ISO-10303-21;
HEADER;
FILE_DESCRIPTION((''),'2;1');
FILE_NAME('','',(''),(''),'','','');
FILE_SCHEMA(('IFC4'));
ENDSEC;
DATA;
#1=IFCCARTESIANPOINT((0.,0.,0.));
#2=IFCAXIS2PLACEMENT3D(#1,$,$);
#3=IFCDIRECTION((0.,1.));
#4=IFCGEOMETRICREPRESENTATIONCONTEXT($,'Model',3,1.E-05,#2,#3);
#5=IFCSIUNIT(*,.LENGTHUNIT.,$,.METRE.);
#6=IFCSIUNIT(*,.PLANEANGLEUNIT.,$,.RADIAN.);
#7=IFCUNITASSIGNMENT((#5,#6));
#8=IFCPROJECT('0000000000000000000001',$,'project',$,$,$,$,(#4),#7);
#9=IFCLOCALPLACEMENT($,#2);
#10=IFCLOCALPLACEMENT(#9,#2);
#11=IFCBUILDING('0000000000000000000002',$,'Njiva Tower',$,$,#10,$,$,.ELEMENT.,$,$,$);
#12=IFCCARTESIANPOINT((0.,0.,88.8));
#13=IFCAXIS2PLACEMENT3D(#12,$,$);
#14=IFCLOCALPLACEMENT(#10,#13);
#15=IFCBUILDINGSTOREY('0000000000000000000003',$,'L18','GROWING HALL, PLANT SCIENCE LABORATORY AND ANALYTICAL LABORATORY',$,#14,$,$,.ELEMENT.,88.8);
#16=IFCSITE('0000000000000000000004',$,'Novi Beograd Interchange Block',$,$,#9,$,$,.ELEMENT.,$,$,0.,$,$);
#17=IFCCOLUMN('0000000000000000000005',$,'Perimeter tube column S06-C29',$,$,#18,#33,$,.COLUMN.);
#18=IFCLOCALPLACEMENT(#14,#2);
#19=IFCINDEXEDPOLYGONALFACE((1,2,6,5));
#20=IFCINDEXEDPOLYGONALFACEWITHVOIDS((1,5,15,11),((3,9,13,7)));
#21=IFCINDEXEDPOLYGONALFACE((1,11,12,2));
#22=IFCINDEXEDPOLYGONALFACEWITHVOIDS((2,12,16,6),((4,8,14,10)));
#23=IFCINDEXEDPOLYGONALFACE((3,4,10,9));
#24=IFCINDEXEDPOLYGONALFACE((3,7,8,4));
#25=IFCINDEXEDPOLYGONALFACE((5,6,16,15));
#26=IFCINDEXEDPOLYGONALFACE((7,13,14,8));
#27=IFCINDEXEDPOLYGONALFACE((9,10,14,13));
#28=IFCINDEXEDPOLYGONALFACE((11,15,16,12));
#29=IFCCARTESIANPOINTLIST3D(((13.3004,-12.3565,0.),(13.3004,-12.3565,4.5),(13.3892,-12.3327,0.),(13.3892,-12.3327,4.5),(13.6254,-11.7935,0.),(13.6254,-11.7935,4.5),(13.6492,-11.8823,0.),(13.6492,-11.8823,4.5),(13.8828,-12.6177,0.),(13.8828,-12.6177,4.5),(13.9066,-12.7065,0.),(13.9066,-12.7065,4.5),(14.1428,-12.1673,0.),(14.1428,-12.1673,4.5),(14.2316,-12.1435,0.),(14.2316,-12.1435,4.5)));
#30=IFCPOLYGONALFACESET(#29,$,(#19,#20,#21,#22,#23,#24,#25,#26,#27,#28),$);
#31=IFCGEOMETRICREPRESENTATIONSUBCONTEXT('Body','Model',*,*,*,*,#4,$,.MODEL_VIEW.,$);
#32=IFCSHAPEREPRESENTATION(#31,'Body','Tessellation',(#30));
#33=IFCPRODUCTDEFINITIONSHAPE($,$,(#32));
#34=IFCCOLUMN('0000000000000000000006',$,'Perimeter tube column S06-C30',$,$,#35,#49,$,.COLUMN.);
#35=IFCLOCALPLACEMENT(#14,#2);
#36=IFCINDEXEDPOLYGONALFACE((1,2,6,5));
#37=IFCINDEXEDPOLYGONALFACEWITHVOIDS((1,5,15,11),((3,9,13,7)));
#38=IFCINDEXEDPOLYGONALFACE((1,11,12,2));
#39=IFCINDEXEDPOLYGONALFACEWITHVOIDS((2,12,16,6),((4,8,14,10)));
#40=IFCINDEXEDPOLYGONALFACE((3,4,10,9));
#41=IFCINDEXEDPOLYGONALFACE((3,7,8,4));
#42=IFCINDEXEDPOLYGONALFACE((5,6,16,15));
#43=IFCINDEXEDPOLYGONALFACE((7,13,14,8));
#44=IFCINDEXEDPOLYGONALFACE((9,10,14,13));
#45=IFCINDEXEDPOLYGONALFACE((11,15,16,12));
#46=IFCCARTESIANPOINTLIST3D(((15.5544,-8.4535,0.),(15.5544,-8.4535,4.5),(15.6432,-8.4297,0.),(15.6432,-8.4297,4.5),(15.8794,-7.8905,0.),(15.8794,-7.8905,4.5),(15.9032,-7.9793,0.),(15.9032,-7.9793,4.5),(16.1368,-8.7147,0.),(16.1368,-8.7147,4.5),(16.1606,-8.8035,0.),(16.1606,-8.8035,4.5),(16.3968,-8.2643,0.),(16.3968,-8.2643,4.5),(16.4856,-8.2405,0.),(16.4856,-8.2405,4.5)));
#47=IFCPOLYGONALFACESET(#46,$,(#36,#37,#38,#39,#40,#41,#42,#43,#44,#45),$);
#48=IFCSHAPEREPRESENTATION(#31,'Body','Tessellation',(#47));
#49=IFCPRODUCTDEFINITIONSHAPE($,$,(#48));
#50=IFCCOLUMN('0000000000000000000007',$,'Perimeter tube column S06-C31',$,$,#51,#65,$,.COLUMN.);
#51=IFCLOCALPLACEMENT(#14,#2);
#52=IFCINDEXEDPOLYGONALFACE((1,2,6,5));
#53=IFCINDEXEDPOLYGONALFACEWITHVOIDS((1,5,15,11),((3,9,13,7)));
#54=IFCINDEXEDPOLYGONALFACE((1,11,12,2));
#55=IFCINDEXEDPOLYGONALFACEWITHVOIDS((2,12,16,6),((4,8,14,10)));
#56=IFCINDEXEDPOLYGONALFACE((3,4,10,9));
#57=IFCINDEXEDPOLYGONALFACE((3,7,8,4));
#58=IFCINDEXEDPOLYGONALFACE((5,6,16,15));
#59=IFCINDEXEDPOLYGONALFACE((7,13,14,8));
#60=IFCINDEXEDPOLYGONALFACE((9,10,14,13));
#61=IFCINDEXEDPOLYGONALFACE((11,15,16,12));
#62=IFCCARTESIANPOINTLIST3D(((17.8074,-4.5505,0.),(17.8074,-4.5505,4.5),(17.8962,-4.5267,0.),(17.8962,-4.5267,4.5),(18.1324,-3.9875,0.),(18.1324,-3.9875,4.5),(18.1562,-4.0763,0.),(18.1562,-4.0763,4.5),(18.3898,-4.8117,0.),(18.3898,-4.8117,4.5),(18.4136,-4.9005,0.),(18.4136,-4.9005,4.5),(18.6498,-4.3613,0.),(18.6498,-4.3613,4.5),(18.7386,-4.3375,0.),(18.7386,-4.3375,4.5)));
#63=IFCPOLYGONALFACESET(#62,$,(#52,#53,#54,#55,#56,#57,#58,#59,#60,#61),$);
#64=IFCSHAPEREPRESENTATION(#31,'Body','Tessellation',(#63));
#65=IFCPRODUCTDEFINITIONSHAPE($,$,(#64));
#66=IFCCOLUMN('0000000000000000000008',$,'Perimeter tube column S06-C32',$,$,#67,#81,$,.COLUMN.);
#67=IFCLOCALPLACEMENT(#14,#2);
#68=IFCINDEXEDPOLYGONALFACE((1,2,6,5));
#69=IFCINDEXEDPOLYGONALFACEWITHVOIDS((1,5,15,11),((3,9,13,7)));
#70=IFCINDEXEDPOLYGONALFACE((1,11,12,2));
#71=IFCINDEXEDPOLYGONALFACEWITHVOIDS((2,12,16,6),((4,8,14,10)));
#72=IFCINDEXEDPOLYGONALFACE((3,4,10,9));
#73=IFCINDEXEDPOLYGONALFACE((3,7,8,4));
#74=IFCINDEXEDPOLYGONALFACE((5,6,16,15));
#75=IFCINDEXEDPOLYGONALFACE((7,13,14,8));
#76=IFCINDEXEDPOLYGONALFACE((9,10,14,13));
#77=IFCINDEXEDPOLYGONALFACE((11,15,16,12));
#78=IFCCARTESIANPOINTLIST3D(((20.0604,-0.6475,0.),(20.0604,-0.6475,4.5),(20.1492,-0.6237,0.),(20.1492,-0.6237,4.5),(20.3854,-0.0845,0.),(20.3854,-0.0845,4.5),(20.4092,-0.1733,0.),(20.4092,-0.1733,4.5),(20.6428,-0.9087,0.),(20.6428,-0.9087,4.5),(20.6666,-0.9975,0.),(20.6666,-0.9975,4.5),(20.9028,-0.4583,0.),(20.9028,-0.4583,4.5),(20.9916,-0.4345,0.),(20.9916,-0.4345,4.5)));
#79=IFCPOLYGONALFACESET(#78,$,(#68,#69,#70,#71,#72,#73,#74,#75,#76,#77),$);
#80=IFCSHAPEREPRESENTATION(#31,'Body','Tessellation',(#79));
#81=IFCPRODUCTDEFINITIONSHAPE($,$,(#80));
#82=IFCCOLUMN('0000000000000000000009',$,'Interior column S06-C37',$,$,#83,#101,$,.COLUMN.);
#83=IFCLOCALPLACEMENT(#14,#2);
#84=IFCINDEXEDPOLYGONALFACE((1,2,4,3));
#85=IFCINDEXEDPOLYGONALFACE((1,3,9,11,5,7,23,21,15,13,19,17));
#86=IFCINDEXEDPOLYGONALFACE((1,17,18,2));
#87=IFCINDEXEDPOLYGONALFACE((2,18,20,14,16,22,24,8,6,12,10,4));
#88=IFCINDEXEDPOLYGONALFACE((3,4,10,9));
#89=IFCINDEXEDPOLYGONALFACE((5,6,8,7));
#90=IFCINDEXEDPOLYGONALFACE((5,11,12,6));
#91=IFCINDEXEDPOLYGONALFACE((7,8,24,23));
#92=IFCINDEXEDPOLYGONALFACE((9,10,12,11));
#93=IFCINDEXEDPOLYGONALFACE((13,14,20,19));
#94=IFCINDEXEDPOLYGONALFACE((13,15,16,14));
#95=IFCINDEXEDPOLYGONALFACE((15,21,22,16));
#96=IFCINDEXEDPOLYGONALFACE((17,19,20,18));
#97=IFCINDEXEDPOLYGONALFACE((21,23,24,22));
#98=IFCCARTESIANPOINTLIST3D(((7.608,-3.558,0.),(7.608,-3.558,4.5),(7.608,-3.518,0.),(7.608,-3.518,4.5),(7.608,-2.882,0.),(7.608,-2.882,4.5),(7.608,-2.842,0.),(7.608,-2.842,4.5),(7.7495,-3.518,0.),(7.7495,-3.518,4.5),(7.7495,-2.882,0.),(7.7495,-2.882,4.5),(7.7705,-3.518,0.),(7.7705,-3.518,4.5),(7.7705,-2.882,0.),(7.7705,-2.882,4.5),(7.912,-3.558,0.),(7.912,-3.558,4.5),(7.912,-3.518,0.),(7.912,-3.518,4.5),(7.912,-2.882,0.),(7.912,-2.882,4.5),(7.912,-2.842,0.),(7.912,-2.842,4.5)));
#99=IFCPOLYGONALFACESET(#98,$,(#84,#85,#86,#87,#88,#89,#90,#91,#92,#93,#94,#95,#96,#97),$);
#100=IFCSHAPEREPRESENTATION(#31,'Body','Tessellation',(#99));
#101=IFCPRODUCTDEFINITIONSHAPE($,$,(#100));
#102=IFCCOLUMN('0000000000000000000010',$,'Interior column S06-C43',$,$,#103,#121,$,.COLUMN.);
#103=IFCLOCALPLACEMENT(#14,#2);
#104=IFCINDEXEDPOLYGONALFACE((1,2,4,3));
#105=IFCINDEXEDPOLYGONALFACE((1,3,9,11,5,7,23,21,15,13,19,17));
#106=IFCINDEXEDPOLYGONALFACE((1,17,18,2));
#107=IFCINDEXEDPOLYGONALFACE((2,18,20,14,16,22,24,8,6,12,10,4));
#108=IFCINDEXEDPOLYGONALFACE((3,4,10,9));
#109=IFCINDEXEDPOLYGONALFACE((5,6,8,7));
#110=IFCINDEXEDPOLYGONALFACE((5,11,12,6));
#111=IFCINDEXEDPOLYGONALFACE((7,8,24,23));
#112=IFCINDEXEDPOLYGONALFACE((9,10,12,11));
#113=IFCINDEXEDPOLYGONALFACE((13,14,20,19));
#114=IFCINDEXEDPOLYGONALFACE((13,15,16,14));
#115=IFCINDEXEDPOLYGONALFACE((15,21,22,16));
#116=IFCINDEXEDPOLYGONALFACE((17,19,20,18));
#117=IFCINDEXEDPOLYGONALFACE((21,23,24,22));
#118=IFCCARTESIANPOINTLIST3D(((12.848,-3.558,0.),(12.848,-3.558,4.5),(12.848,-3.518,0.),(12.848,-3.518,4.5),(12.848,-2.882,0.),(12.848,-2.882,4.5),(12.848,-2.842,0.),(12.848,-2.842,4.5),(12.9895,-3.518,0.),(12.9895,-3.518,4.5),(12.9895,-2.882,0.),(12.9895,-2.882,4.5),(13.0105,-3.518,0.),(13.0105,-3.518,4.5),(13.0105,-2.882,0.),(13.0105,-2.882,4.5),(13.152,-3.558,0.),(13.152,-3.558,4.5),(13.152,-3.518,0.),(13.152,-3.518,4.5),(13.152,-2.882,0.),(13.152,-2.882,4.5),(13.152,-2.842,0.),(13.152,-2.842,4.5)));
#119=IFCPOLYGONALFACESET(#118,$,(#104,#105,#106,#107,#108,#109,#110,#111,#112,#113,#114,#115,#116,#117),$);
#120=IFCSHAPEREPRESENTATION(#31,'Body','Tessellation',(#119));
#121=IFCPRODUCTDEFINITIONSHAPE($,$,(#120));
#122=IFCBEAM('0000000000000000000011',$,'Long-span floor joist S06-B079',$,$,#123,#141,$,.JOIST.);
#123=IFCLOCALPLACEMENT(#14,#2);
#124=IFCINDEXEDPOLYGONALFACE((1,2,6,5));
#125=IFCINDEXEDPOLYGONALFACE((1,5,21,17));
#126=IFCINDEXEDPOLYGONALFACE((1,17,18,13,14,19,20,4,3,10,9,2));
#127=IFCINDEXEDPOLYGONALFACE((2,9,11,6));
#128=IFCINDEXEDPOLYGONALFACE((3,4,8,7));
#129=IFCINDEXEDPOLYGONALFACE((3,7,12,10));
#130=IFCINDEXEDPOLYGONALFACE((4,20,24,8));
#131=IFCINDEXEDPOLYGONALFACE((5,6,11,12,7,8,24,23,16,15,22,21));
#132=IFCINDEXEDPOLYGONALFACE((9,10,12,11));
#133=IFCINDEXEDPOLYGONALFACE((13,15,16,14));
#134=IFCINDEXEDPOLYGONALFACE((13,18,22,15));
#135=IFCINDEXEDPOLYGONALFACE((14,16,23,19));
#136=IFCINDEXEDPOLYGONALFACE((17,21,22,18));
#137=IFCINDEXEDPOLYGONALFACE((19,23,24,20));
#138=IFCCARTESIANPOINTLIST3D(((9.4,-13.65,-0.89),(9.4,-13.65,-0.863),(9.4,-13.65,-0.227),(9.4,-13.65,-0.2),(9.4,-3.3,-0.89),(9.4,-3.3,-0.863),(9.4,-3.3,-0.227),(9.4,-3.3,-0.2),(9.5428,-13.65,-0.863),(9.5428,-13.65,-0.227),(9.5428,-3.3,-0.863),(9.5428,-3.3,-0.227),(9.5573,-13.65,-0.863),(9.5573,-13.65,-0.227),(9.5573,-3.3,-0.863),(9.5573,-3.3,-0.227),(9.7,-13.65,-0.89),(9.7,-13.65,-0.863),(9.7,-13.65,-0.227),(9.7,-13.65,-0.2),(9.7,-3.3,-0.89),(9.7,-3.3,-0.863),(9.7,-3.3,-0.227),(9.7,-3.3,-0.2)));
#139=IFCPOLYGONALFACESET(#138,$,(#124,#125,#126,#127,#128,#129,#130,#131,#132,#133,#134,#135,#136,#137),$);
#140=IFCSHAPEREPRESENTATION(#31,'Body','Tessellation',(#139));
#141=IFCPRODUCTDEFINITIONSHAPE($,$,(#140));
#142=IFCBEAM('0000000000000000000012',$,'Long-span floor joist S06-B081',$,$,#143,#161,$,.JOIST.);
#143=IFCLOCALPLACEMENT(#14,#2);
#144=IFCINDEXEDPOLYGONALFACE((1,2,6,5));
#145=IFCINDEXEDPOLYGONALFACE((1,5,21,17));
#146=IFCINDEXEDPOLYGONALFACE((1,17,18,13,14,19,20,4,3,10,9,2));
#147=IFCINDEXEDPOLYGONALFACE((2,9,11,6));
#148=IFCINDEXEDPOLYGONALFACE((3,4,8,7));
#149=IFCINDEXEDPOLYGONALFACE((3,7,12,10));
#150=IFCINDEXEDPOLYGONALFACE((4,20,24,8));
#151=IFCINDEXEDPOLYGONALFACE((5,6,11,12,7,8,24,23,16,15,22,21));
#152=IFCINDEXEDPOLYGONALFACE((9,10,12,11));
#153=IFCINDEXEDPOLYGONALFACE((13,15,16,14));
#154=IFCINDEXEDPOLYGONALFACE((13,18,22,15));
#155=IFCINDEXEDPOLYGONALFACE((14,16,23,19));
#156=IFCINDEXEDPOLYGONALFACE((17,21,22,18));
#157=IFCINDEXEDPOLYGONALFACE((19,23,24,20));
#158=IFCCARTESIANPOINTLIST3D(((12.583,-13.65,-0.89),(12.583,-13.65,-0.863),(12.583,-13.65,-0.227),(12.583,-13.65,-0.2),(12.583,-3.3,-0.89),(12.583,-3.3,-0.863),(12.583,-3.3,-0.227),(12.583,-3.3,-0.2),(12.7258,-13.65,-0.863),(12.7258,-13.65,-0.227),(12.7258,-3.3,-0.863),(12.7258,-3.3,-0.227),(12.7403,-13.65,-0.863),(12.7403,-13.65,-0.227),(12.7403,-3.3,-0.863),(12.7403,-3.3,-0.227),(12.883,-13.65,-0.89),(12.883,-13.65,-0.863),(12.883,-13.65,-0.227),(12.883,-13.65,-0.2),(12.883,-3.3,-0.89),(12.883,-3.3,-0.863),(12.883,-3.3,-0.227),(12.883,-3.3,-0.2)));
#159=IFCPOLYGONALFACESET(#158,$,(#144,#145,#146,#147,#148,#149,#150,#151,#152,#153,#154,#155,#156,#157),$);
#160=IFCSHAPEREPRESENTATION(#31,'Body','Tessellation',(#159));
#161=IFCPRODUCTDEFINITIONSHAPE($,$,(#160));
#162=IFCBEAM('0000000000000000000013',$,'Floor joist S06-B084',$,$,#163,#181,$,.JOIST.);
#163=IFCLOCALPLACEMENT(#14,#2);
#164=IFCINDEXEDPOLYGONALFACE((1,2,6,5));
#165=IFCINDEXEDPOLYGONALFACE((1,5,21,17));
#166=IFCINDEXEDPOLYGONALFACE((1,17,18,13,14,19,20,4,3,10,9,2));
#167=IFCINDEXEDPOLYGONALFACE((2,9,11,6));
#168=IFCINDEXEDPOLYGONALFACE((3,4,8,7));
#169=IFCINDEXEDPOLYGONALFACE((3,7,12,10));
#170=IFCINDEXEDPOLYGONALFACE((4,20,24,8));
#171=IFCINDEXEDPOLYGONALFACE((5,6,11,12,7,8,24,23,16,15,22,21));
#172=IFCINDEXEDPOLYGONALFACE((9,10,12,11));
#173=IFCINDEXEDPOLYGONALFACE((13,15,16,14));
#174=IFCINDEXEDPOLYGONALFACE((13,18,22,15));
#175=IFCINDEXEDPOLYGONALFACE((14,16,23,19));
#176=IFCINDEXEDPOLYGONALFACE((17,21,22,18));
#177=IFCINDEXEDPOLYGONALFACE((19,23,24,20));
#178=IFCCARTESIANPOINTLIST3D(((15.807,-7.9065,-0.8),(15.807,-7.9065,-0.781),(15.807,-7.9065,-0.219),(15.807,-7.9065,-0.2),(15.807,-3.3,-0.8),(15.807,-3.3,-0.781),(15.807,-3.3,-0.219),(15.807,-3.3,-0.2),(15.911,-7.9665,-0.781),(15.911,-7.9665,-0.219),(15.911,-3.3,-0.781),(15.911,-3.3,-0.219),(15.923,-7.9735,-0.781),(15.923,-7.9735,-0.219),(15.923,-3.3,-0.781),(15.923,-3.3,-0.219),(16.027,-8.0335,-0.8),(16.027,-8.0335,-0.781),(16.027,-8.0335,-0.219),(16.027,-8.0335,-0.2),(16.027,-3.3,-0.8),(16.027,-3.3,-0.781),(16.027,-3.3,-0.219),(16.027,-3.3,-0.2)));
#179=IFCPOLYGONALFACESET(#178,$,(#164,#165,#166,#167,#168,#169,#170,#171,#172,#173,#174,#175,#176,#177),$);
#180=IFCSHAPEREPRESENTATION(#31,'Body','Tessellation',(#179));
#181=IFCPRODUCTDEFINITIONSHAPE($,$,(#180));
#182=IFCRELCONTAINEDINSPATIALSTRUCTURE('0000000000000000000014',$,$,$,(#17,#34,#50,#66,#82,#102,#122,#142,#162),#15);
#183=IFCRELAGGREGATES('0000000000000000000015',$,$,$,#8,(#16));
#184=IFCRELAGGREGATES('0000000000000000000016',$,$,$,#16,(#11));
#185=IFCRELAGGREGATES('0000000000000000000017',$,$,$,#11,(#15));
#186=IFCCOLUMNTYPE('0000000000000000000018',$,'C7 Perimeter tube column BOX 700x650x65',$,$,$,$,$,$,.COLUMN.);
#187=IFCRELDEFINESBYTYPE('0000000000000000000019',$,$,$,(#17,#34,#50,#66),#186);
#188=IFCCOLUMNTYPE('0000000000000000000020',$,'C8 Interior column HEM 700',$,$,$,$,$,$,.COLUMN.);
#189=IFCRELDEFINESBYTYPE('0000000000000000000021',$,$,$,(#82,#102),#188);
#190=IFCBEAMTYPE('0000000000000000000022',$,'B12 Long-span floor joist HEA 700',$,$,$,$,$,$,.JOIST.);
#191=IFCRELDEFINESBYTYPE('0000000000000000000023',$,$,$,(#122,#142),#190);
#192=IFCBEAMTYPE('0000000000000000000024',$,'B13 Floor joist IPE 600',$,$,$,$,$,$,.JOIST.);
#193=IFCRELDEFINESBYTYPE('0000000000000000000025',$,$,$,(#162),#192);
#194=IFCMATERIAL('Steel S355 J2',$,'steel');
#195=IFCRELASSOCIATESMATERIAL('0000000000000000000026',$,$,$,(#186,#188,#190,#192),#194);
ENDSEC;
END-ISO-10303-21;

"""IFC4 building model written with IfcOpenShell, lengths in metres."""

from ifc_helpers import new_model, si_unit, direction, frame, origin, origin_2d, place, context, subcontext, project, spatial, hollow_rectangle, i_section, extrude, clip, halfspace, material, material_profile, profile_set, type_object, element, save


model = new_model("IFC4")

# Units and contexts
model_context = context("Model", 3, precision=1e-05, world=origin(), true_north=direction((0.0, 1.0)))
body_context = subcontext(model_context, "Body", "Model", "MODEL_VIEW")
ifc_project = project(units=[si_unit("LENGTHUNIT", "METRE"), si_unit("PLANEANGLEUNIT", "RADIAN")], contexts=[model_context])

# Site, building, storey
site_placement = place(None, origin())
site = spatial("IfcSite", under=ifc_project, at=site_placement, Name="Novi Beograd Interchange Block", CompositionType="ELEMENT", RefElevation=0.0)
building_placement = place(site_placement, origin())
building = spatial("IfcBuilding", under=site, at=building_placement, Name="Njiva Tower", CompositionType="ELEMENT")
storey_placement = place(building_placement, frame((0.0, 0.0, 88.8)))
storey = spatial("IfcBuildingStorey", under=building, at=storey_placement, Name="L18", Description="GROWING HALL, PLANT SCIENCE LABORATORY AND ANALYTICAL LABORATORY", CompositionType="ELEMENT", Elevation=88.8)

# Columns
ifc_material_1 = material(Name="Steel S355 J2", Category="steel")
ifc_material_profile_1 = material_profile(ifc_material_1, hollow_rectangle(XDim=0.65, YDim=0.7, WallThickness=0.065, at=origin_2d()), Name="BOX 700x650x65")
ifc_profile_set_1 = profile_set([ifc_material_profile_1], Name="Steel S355 J2")
column_type_1 = type_object("IfcColumnType", Name="C7 Perimeter tube column BOX 700x650x65", PredefinedType="COLUMN", material=ifc_profile_set_1)
for number, where, z_axis, x_axis, name in (
    (1, (13.766, -12.25, 0.0), (0.0, 0.0, 1.0), (0.5, 0.866025, 0.0), "Perimeter tube column S06-C29"),
    (2, (16.02, -8.347, 0.0), (0.0, 0.0, 1.0), (0.5, 0.866025, 0.0), "Perimeter tube column S06-C30"),
    (3, (18.273, -4.444, 0.0), (0.0, 0.0, 1.0), (0.5, 0.866025, 0.0), "Perimeter tube column S06-C31"),
    (4, (20.526, -0.541, 0.0), (0.0, 0.0, 1.0), (0.5, 0.866025, 0.0), "Perimeter tube column S06-C32"),
):
    element("IfcColumn", number, at=place(storey_placement, frame(where, z_axis=z_axis, x_axis=x_axis)), inside=storey, type_object=column_type_1, Name=name, PredefinedType="COLUMN", context=body_context, shape_type="SweptSolid", body=[
        extrude(hollow_rectangle(XDim=0.65, YDim=0.7, WallThickness=0.065, at=origin_2d()), origin(), (0.0, 0.0, 1.0), 4.5),
    ])
ifc_material_profile_2 = material_profile(ifc_material_1, i_section(OverallWidth=0.304, OverallDepth=0.716, WebThickness=0.021, FlangeThickness=0.04, at=origin_2d()), Name="HEM 700")
ifc_profile_set_2 = profile_set([ifc_material_profile_2], Name="Steel S355 J2")
column_type_2 = type_object("IfcColumnType", Name="C8 Interior column HEM 700", PredefinedType="COLUMN", material=ifc_profile_set_2)
for number, where, z_axis, x_axis, name in (
    (5, (7.76, -3.2, 0.0), (0.0, 0.0, 1.0), (1.0, 0.0, 0.0), "Interior column S06-C37"),
    (6, (13.0, -3.2, 0.0), (0.0, 0.0, 1.0), (1.0, 0.0, 0.0), "Interior column S06-C43"),
):
    element("IfcColumn", number, at=place(storey_placement, frame(where, z_axis=z_axis, x_axis=x_axis)), inside=storey, type_object=column_type_2, Name=name, PredefinedType="COLUMN", context=body_context, shape_type="SweptSolid", body=[
        extrude(i_section(OverallWidth=0.304, OverallDepth=0.716, WebThickness=0.021, FlangeThickness=0.04, at=origin_2d()), origin(), (0.0, 0.0, 1.0), 4.5),
    ])

# Beams
ifc_material_profile_3 = material_profile(ifc_material_1, i_section(OverallWidth=0.3, OverallDepth=0.69, WebThickness=0.0145, FlangeThickness=0.027, at=origin_2d()), Name="HEA 700")
ifc_profile_set_3 = profile_set([ifc_material_profile_3], Name="Steel S355 J2")
beam_type_1 = type_object("IfcBeamType", Name="B12 Long-span floor joist HEA 700", PredefinedType="JOIST", material=ifc_profile_set_3)
for number, where, z_axis, x_axis, name in (
    (7, (9.55, -3.3, -0.545), (0.0, -1.0, 0.0), (1.0, 0.0, 0.0), "Long-span floor joist S06-B079"),
    (8, (12.733, -3.3, -0.545), (0.0, -1.0, 0.0), (1.0, 0.0, 0.0), "Long-span floor joist S06-B081"),
):
    element("IfcBeam", number, at=place(storey_placement, frame(where, z_axis=z_axis, x_axis=x_axis)), inside=storey, type_object=beam_type_1, Name=name, PredefinedType="JOIST", context=body_context, shape_type="SweptSolid", body=[
        extrude(i_section(OverallWidth=0.3, OverallDepth=0.69, WebThickness=0.0145, FlangeThickness=0.027, at=origin_2d()), origin(), (0.0, 0.0, 1.0), 10.35),
    ])
ifc_material_profile_4 = material_profile(ifc_material_1, i_section(OverallWidth=0.22, OverallDepth=0.6, WebThickness=0.012, FlangeThickness=0.019, at=origin_2d()), Name="IPE 600")
ifc_profile_set_4 = profile_set([ifc_material_profile_4], Name="Steel S355 J2")
beam_type_2 = type_object("IfcBeamType", Name="B13 Floor joist IPE 600", PredefinedType="JOIST", material=ifc_profile_set_4)
beam_1_placement = place(storey_placement, frame((15.917, -3.3, -0.5), z_axis=(0.0, -1.0, 0.0), x_axis=(1.0, 0.0, 0.0)))
element("IfcBeam", 9, at=beam_1_placement, inside=storey, type_object=beam_type_2, Name="Floor joist S06-B084", PredefinedType="JOIST", context=body_context, shape_type="Clipping", body=[
    clip(extrude(i_section(OverallWidth=0.22, OverallDepth=0.6, WebThickness=0.012, FlangeThickness=0.019, at=origin_2d()), origin(), (0.0, 0.0, 1.0), 4.754), halfspace(frame((-0.0253, 0.0, 4.6554), z_axis=(-0.499998, 0.0, 0.866027), x_axis=(0.0, 1.0, 0.0)), False)),
])

save(model, "model.ifc")
